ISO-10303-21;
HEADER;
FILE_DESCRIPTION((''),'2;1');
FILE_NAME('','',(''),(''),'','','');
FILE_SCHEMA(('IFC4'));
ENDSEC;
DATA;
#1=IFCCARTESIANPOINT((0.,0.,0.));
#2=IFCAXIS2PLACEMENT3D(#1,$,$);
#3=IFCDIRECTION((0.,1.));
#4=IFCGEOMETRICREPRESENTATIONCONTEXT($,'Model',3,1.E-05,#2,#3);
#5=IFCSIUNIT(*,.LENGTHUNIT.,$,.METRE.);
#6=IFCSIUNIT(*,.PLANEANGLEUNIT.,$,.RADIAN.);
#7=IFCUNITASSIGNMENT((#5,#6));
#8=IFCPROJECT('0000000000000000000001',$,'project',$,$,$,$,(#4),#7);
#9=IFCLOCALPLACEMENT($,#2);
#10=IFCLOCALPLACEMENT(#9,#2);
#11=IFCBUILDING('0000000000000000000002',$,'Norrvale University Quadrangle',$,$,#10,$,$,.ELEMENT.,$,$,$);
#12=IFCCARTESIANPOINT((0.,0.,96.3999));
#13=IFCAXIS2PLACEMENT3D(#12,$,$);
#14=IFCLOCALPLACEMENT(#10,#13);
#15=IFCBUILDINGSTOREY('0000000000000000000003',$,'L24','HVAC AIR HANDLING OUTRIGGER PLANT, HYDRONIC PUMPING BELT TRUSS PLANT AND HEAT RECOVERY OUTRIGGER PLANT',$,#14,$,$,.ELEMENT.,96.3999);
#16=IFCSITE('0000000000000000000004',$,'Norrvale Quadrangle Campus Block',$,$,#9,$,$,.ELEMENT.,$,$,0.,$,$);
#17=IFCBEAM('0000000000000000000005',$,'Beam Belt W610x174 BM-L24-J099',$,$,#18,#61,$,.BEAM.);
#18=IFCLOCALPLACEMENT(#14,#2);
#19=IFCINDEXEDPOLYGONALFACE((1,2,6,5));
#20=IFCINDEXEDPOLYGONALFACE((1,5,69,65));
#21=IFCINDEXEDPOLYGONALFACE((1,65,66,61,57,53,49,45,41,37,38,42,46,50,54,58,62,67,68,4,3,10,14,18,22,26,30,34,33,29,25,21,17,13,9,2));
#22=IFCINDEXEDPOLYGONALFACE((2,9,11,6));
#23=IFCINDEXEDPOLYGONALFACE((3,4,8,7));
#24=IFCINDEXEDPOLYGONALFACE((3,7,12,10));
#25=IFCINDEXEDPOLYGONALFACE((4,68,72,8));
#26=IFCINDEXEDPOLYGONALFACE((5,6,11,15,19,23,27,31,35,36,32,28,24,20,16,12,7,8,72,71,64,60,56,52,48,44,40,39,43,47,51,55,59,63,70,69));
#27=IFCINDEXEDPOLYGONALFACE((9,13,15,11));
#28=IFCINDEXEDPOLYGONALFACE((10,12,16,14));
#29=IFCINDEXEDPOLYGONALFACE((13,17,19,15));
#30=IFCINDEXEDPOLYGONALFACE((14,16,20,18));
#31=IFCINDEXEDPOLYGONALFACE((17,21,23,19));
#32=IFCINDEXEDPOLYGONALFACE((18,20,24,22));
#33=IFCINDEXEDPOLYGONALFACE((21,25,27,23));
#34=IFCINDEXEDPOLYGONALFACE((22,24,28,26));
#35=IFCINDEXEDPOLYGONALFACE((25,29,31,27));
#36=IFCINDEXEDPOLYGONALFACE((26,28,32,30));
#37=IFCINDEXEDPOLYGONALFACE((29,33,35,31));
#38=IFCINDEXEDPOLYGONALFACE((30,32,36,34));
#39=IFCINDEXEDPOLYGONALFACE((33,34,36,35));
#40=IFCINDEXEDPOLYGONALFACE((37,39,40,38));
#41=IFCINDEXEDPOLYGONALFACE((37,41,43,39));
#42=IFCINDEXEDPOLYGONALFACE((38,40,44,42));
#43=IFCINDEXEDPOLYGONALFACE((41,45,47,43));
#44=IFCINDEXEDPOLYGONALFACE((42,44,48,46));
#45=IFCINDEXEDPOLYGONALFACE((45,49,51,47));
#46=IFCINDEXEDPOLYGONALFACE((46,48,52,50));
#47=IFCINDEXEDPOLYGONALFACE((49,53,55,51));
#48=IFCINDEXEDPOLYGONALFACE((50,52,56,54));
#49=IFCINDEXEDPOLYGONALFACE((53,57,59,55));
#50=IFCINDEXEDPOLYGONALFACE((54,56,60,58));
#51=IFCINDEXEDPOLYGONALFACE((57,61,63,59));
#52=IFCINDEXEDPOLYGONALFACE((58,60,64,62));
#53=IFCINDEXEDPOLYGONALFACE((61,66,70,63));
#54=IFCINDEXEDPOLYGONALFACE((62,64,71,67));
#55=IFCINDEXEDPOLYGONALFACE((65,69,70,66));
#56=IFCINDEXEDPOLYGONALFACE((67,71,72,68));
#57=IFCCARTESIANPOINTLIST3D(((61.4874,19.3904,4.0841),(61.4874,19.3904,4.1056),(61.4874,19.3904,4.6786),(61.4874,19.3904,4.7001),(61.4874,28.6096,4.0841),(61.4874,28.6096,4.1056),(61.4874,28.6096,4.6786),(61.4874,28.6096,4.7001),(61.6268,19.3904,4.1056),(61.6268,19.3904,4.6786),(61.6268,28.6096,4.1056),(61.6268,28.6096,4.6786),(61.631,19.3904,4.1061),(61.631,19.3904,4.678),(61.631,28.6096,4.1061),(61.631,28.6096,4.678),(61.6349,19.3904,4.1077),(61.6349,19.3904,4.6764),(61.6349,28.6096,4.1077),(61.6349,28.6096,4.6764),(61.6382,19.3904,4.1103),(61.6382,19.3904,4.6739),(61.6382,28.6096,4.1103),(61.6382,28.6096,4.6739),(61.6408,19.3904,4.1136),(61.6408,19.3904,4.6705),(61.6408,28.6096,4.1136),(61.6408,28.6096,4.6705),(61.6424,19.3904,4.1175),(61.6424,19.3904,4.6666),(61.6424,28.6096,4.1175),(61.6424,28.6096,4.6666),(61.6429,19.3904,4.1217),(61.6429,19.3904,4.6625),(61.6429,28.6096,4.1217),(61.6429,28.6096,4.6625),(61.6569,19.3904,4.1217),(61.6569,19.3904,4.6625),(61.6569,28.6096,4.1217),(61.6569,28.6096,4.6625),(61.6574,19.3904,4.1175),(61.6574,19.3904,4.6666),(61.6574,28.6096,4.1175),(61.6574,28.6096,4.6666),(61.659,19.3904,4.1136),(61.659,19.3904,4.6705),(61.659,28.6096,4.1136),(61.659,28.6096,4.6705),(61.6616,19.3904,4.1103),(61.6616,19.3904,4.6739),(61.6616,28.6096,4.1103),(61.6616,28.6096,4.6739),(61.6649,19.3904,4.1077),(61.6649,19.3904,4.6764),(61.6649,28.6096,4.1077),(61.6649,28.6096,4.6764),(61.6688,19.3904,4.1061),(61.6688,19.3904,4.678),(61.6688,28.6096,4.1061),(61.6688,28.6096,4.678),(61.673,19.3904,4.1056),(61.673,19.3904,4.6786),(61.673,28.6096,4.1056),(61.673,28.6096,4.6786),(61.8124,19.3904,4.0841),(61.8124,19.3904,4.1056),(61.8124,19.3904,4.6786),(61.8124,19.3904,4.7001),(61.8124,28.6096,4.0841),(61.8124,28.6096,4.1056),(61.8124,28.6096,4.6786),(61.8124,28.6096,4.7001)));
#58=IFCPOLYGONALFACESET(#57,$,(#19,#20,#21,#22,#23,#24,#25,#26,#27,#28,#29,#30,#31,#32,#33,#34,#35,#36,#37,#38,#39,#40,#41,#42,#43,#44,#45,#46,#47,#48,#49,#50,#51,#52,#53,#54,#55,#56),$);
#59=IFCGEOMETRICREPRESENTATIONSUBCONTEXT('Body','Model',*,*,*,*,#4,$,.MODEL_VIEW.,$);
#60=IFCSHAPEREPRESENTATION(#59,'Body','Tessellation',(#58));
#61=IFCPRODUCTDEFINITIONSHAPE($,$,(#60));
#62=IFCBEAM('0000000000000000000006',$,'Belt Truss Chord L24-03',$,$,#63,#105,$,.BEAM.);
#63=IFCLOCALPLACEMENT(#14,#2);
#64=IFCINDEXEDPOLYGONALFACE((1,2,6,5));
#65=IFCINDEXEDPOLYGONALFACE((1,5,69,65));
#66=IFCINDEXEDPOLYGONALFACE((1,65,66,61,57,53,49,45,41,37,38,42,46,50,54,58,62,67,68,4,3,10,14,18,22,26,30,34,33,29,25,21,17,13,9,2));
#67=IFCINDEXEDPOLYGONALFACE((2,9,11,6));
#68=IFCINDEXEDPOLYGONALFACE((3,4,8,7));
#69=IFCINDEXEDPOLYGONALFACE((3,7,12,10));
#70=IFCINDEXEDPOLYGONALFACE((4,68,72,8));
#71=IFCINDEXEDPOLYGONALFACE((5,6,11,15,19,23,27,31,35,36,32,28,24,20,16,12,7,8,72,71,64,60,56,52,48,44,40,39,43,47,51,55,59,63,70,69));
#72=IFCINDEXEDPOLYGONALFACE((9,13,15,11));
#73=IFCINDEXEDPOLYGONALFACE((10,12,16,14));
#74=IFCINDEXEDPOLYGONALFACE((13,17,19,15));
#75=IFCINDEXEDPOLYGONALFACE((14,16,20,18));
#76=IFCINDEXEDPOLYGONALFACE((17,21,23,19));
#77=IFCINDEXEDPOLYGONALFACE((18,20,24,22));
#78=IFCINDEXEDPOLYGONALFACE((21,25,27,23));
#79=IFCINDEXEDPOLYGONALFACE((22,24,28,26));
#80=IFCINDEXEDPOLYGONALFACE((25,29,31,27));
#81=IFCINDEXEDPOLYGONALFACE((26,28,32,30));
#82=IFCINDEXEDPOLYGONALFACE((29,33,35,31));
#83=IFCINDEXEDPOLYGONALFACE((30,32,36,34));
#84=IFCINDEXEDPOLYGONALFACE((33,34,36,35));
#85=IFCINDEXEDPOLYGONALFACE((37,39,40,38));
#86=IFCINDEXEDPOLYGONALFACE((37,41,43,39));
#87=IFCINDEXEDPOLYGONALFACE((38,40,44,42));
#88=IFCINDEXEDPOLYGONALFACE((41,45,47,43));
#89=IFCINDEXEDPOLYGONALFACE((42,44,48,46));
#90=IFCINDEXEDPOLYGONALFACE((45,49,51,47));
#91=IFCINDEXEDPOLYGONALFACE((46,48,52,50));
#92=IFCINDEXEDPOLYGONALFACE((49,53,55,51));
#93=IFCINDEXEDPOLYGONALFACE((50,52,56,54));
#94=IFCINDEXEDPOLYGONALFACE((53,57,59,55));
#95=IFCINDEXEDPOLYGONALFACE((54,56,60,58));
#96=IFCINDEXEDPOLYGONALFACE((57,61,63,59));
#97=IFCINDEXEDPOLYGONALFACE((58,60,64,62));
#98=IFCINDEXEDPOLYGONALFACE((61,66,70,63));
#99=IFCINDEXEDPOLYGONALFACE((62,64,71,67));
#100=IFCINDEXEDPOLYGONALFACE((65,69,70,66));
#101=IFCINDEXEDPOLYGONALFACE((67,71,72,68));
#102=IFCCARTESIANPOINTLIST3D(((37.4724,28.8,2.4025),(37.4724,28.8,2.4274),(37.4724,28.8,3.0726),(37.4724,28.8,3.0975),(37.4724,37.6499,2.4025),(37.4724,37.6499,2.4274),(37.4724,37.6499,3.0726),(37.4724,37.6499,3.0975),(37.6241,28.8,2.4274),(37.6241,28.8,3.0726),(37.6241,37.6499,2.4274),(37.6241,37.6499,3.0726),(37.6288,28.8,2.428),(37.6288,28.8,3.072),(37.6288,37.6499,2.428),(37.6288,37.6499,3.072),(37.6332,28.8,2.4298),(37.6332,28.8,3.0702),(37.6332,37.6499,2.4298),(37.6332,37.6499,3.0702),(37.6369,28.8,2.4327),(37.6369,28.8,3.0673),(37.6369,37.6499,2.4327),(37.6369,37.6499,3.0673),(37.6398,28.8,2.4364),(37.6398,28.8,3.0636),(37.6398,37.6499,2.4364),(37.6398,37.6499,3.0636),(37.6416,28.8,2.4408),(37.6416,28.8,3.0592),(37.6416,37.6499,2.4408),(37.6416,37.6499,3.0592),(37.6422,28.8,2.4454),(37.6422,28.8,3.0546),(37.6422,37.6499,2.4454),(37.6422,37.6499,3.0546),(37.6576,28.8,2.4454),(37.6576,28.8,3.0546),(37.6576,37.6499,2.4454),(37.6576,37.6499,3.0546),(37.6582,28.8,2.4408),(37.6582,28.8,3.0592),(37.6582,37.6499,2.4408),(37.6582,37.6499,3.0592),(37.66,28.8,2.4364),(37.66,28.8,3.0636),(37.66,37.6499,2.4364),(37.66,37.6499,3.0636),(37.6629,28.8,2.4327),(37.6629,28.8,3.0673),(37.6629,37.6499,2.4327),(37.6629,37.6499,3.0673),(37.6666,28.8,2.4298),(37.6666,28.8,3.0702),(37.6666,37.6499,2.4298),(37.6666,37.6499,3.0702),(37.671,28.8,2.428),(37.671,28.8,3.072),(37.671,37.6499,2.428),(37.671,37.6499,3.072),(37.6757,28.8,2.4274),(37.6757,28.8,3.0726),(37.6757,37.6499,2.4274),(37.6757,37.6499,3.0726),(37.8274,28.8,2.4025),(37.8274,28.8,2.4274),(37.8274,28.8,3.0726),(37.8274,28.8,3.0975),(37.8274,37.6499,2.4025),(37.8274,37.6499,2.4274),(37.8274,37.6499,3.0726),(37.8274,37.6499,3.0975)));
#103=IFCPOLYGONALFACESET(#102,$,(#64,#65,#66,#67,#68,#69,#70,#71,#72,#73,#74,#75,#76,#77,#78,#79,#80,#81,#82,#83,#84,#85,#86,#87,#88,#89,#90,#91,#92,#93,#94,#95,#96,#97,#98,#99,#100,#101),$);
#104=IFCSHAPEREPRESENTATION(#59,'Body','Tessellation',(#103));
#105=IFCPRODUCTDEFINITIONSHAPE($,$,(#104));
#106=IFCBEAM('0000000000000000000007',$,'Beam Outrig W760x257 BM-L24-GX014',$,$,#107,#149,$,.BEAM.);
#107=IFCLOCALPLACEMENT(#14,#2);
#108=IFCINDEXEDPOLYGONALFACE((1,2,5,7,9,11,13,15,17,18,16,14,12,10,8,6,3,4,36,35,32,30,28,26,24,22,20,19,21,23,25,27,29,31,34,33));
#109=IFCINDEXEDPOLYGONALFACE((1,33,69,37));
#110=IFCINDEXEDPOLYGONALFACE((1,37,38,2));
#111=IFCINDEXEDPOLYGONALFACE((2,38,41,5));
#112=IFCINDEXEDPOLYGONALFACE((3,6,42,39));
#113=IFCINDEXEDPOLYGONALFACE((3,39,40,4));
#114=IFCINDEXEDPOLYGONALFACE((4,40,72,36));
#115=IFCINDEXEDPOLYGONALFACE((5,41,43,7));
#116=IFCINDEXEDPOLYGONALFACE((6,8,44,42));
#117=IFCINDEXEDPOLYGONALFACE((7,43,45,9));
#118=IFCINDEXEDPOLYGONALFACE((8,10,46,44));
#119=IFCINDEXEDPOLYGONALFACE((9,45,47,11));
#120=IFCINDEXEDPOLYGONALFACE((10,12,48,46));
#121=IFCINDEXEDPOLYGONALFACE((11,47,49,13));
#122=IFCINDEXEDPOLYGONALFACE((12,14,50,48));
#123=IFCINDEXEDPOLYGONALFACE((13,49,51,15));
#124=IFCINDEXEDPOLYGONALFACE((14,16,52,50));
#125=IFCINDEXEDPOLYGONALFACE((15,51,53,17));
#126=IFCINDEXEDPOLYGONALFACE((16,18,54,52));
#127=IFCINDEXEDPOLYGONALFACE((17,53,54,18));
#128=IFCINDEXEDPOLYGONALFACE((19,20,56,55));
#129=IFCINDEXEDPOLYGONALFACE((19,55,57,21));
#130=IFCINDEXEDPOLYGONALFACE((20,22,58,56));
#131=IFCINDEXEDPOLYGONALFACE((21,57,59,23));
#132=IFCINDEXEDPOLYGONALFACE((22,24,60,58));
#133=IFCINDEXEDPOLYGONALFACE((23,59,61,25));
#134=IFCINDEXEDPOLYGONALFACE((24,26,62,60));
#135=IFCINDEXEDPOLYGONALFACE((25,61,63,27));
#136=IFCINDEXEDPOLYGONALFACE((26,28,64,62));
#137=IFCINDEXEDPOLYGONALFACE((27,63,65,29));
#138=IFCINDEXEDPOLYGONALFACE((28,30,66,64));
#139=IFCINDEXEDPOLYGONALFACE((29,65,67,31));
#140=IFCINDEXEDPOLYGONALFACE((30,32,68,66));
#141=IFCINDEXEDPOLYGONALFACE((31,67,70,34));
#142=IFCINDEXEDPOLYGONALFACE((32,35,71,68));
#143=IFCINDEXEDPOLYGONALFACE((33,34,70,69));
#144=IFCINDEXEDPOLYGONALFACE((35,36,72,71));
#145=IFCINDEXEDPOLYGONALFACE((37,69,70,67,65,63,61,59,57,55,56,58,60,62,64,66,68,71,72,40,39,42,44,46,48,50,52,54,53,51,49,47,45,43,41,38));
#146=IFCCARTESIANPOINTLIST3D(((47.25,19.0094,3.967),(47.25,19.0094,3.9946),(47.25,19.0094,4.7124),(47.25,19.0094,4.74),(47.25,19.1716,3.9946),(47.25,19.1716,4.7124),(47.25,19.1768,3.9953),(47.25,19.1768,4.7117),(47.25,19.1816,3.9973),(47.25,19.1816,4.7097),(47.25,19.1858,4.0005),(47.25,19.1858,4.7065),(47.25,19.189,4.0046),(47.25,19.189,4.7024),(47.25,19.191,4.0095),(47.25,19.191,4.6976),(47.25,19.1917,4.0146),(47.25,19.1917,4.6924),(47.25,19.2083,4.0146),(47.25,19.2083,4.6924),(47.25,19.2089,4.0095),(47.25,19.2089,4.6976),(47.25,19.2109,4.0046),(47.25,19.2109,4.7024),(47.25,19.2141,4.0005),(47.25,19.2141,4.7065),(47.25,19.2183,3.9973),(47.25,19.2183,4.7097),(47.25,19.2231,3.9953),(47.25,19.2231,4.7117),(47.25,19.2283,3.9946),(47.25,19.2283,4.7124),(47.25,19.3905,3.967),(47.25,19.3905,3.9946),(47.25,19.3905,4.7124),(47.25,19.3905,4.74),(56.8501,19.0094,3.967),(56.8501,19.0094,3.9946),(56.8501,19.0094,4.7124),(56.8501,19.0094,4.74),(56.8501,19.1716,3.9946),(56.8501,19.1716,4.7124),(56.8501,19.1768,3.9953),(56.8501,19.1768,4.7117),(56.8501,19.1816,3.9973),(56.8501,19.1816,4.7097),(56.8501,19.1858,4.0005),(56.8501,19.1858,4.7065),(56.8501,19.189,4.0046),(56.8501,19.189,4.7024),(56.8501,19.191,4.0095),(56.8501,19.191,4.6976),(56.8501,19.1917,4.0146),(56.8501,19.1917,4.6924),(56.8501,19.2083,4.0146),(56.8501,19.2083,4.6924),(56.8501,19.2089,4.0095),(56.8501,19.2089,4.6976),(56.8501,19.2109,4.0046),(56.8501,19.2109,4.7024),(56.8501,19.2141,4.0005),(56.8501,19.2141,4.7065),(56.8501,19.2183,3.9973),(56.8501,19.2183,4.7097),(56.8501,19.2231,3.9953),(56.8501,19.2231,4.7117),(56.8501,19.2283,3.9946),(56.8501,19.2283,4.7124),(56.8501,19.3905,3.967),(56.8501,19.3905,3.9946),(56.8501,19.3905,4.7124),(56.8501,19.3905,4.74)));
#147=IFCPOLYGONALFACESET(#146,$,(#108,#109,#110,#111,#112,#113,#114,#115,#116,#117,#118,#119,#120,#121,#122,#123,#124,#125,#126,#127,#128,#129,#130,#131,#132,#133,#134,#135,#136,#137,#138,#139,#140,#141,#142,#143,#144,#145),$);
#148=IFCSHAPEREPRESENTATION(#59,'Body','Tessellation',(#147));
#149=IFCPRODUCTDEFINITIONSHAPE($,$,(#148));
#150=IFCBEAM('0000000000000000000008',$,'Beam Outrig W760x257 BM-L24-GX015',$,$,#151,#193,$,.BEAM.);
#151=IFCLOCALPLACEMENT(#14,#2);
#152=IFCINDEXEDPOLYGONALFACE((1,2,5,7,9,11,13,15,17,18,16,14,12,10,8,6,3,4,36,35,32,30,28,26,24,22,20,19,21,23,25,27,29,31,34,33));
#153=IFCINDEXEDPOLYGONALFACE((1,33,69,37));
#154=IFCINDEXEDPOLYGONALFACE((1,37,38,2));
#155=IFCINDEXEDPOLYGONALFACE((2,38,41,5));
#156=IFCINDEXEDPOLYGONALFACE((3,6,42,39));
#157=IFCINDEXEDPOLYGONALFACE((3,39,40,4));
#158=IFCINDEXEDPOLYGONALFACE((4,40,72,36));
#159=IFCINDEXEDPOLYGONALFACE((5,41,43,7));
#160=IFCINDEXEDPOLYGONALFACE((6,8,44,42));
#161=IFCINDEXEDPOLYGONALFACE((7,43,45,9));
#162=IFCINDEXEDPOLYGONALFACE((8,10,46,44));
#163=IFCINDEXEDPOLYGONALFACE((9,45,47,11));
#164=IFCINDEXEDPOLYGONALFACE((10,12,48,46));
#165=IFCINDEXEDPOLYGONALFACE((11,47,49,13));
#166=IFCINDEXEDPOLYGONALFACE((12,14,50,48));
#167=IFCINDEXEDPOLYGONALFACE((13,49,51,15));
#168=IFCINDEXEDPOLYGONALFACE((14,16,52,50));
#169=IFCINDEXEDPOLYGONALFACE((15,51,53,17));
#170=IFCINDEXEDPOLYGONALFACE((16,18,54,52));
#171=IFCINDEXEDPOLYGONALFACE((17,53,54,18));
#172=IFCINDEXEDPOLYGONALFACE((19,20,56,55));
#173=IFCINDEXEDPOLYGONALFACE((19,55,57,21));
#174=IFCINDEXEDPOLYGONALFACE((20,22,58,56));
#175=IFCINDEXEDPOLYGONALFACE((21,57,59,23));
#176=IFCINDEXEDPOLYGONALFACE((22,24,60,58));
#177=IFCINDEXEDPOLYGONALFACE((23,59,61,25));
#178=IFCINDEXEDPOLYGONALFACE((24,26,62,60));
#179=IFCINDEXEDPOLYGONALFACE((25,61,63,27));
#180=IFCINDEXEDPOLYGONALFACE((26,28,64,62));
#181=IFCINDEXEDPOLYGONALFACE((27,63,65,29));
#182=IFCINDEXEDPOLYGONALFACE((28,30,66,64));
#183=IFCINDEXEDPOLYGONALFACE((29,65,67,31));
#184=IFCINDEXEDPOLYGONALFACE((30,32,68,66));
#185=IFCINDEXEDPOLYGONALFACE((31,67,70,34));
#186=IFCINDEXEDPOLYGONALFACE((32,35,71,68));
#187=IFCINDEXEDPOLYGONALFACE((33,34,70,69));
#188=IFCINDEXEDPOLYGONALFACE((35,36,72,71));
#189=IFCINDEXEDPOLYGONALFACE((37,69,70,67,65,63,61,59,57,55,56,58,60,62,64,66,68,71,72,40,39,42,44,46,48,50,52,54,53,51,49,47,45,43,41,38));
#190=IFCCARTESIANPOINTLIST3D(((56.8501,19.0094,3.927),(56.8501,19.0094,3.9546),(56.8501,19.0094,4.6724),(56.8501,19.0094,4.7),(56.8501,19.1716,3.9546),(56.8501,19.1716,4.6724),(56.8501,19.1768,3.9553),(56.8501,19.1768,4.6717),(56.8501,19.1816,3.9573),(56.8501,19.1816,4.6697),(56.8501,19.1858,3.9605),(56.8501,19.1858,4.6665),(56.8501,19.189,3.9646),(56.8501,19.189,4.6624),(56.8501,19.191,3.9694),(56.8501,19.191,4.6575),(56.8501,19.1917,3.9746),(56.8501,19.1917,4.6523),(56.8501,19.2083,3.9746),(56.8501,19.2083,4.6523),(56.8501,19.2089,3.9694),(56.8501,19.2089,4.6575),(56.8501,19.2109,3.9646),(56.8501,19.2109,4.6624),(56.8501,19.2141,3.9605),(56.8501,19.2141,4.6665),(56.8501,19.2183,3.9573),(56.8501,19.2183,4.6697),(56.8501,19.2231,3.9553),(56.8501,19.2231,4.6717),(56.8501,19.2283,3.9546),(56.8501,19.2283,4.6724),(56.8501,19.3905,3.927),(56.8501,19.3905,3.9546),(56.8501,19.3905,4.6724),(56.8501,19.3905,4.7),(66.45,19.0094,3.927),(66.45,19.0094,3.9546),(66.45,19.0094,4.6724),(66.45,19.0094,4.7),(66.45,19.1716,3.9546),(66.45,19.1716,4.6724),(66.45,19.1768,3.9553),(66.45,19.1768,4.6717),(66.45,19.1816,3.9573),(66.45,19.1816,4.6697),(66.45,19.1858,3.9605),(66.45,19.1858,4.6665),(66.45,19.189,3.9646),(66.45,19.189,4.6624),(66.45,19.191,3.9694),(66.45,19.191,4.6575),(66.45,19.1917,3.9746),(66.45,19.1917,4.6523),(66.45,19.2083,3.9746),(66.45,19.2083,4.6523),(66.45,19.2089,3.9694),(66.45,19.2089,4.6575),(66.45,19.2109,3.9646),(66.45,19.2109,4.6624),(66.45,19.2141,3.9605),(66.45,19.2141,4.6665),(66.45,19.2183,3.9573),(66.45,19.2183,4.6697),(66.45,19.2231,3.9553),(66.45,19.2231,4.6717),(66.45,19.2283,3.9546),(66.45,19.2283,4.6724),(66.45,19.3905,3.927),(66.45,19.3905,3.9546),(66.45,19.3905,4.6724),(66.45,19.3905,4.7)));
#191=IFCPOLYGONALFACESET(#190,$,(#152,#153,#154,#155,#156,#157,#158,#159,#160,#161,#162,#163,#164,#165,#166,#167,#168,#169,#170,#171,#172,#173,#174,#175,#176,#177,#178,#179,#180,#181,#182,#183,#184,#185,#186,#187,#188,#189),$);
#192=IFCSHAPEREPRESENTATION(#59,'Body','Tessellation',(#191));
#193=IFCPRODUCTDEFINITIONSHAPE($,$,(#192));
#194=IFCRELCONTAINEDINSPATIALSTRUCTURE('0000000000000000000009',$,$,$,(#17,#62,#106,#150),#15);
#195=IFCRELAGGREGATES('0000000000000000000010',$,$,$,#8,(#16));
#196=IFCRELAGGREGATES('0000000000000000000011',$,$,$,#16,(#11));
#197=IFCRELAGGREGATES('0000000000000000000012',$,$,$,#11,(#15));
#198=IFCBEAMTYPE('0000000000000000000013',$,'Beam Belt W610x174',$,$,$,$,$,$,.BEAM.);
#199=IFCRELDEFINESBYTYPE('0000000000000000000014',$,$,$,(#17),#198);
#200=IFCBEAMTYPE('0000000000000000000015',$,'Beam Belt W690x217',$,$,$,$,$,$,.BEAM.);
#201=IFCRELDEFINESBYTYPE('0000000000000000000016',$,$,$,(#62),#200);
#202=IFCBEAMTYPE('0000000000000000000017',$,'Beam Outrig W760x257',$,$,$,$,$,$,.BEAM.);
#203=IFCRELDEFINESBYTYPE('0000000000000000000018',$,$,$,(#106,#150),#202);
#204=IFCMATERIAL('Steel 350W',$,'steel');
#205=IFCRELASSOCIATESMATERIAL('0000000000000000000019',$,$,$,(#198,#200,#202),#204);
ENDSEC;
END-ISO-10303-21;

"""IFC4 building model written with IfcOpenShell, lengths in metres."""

from ifc_helpers import new_model, si_unit, direction, frame, origin, origin_2d, place, context, subcontext, project, spatial, i_section, extrude, material, material_profile, profile_set, type_object, element, save


model = new_model("IFC4")

# Units and contexts
model_context = context("Model", 3, precision=1e-05, world=origin(), true_north=direction((0.0, 1.0)))
body_context = subcontext(model_context, "Body", "Model", "MODEL_VIEW")
ifc_project = project(units=[si_unit("LENGTHUNIT", "METRE"), si_unit("PLANEANGLEUNIT", "RADIAN")], contexts=[model_context])

# Site, building, storey
site_placement = place(None, origin())
site = spatial("IfcSite", under=ifc_project, at=site_placement, Name="Norrvale Quadrangle Campus Block", CompositionType="ELEMENT", RefElevation=0.0)
building_placement = place(site_placement, origin())
building = spatial("IfcBuilding", under=site, at=building_placement, Name="Norrvale University Quadrangle", CompositionType="ELEMENT")
storey_placement = place(building_placement, frame((0.0, 0.0, 96.3999)))
storey = spatial("IfcBuildingStorey", under=building, at=storey_placement, Name="L24", Description="HVAC AIR HANDLING OUTRIGGER PLANT, HYDRONIC PUMPING BELT TRUSS PLANT AND HEAT RECOVERY OUTRIGGER PLANT", CompositionType="ELEMENT", Elevation=96.3999)

# Beams
ifc_material_1 = material(Name="Steel 350W", Category="steel")
ifc_material_profile_1 = material_profile(ifc_material_1, i_section(OverallWidth=0.325, OverallDepth=0.616, WebThickness=0.0139, FlangeThickness=0.0215, FilletRadius=0.0161, at=origin_2d()), Name="Steel 350W")
ifc_profile_set_1 = profile_set([ifc_material_profile_1], Name="Steel 350W")
beam_type_1 = type_object("IfcBeamType", Name="Beam Belt W610x174", PredefinedType="BEAM", material=ifc_profile_set_1)
for number, where, z_axis, x_axis, name in (
    (1, (61.6499, 19.3904, 4.3921), (0.0, 1.0, 0.0), (-1.0, 0.0, 0.0), "Beam Belt W610x174 BM-L24-J099"),
):
    element("IfcBeam", number, at=place(storey_placement, frame(where, z_axis=z_axis, x_axis=x_axis)), inside=storey, type_object=beam_type_1, Name=name, PredefinedType="BEAM", context=body_context, shape_type="SweptSolid", body=[
        extrude(i_section(OverallWidth=0.325, OverallDepth=0.616, WebThickness=0.0139, FlangeThickness=0.0215, FilletRadius=0.0161, at=origin_2d()), origin(), (0.0, 0.0, 1.0), 9.2192),
    ])
ifc_material_profile_2 = material_profile(ifc_material_1, i_section(OverallWidth=0.355, OverallDepth=0.6951, WebThickness=0.0154, FlangeThickness=0.0249, FilletRadius=0.0181, at=origin_2d()), Name="Steel 350W")
ifc_profile_set_2 = profile_set([ifc_material_profile_2], Name="Steel 350W")
beam_type_2 = type_object("IfcBeamType", Name="Beam Belt W690x217", PredefinedType="BEAM", material=ifc_profile_set_2)
beam_1_placement = place(storey_placement, frame((37.6499, 28.8, 2.75), z_axis=(0.0, 1.0, 0.0), x_axis=(-1.0, 0.0, 0.0)))
element("IfcBeam", 2, at=beam_1_placement, inside=storey, type_object=beam_type_2, Name="Belt Truss Chord L24-03", PredefinedType="BEAM", context=body_context, shape_type="SweptSolid", body=[
    extrude(i_section(OverallWidth=0.355, OverallDepth=0.6951, WebThickness=0.0154, FlangeThickness=0.0249, FilletRadius=0.0181, at=origin_2d()), origin(), (0.0, 0.0, 1.0), 8.8499),
])
ifc_material_profile_3 = material_profile(ifc_material_1, i_section(OverallWidth=0.3811, OverallDepth=0.7729, WebThickness=0.0166, FlangeThickness=0.0276, FilletRadius=0.02, at=origin_2d()), Name="Steel 350W")
ifc_profile_set_3 = profile_set([ifc_material_profile_3], Name="Steel 350W")
beam_type_3 = type_object("IfcBeamType", Name="Beam Outrig W760x257", PredefinedType="BEAM", material=ifc_profile_set_3)
beam_2_placement = place(storey_placement, frame((47.25, 19.2, 4.3535), z_axis=(1.0, 0.0, 0.0), x_axis=(0.0, 1.0, 0.0)))
element("IfcBeam", 3, at=beam_2_placement, inside=storey, type_object=beam_type_3, Name="Beam Outrig W760x257 BM-L24-GX014", PredefinedType="BEAM", context=body_context, shape_type="SweptSolid", body=[
    extrude(i_section(OverallWidth=0.3811, OverallDepth=0.7729, WebThickness=0.0166, FlangeThickness=0.0276, FilletRadius=0.02, at=origin_2d()), origin(), (0.0, 0.0, 1.0), 9.6001),
])
beam_3_placement = place(storey_placement, frame((56.8501, 19.2, 4.3135), z_axis=(1.0, 0.0, 0.0), x_axis=(0.0, 1.0, 0.0)))
element("IfcBeam", 4, at=beam_3_placement, inside=storey, type_object=beam_type_3, Name="Beam Outrig W760x257 BM-L24-GX015", PredefinedType="BEAM", context=body_context, shape_type="SweptSolid", body=[
    extrude(i_section(OverallWidth=0.3811, OverallDepth=0.7729, WebThickness=0.0166, FlangeThickness=0.0276, FilletRadius=0.02, at=origin_2d()), origin(), (0.0, 0.0, 1.0), 9.5999),
])

save(model, "model.ifc")
